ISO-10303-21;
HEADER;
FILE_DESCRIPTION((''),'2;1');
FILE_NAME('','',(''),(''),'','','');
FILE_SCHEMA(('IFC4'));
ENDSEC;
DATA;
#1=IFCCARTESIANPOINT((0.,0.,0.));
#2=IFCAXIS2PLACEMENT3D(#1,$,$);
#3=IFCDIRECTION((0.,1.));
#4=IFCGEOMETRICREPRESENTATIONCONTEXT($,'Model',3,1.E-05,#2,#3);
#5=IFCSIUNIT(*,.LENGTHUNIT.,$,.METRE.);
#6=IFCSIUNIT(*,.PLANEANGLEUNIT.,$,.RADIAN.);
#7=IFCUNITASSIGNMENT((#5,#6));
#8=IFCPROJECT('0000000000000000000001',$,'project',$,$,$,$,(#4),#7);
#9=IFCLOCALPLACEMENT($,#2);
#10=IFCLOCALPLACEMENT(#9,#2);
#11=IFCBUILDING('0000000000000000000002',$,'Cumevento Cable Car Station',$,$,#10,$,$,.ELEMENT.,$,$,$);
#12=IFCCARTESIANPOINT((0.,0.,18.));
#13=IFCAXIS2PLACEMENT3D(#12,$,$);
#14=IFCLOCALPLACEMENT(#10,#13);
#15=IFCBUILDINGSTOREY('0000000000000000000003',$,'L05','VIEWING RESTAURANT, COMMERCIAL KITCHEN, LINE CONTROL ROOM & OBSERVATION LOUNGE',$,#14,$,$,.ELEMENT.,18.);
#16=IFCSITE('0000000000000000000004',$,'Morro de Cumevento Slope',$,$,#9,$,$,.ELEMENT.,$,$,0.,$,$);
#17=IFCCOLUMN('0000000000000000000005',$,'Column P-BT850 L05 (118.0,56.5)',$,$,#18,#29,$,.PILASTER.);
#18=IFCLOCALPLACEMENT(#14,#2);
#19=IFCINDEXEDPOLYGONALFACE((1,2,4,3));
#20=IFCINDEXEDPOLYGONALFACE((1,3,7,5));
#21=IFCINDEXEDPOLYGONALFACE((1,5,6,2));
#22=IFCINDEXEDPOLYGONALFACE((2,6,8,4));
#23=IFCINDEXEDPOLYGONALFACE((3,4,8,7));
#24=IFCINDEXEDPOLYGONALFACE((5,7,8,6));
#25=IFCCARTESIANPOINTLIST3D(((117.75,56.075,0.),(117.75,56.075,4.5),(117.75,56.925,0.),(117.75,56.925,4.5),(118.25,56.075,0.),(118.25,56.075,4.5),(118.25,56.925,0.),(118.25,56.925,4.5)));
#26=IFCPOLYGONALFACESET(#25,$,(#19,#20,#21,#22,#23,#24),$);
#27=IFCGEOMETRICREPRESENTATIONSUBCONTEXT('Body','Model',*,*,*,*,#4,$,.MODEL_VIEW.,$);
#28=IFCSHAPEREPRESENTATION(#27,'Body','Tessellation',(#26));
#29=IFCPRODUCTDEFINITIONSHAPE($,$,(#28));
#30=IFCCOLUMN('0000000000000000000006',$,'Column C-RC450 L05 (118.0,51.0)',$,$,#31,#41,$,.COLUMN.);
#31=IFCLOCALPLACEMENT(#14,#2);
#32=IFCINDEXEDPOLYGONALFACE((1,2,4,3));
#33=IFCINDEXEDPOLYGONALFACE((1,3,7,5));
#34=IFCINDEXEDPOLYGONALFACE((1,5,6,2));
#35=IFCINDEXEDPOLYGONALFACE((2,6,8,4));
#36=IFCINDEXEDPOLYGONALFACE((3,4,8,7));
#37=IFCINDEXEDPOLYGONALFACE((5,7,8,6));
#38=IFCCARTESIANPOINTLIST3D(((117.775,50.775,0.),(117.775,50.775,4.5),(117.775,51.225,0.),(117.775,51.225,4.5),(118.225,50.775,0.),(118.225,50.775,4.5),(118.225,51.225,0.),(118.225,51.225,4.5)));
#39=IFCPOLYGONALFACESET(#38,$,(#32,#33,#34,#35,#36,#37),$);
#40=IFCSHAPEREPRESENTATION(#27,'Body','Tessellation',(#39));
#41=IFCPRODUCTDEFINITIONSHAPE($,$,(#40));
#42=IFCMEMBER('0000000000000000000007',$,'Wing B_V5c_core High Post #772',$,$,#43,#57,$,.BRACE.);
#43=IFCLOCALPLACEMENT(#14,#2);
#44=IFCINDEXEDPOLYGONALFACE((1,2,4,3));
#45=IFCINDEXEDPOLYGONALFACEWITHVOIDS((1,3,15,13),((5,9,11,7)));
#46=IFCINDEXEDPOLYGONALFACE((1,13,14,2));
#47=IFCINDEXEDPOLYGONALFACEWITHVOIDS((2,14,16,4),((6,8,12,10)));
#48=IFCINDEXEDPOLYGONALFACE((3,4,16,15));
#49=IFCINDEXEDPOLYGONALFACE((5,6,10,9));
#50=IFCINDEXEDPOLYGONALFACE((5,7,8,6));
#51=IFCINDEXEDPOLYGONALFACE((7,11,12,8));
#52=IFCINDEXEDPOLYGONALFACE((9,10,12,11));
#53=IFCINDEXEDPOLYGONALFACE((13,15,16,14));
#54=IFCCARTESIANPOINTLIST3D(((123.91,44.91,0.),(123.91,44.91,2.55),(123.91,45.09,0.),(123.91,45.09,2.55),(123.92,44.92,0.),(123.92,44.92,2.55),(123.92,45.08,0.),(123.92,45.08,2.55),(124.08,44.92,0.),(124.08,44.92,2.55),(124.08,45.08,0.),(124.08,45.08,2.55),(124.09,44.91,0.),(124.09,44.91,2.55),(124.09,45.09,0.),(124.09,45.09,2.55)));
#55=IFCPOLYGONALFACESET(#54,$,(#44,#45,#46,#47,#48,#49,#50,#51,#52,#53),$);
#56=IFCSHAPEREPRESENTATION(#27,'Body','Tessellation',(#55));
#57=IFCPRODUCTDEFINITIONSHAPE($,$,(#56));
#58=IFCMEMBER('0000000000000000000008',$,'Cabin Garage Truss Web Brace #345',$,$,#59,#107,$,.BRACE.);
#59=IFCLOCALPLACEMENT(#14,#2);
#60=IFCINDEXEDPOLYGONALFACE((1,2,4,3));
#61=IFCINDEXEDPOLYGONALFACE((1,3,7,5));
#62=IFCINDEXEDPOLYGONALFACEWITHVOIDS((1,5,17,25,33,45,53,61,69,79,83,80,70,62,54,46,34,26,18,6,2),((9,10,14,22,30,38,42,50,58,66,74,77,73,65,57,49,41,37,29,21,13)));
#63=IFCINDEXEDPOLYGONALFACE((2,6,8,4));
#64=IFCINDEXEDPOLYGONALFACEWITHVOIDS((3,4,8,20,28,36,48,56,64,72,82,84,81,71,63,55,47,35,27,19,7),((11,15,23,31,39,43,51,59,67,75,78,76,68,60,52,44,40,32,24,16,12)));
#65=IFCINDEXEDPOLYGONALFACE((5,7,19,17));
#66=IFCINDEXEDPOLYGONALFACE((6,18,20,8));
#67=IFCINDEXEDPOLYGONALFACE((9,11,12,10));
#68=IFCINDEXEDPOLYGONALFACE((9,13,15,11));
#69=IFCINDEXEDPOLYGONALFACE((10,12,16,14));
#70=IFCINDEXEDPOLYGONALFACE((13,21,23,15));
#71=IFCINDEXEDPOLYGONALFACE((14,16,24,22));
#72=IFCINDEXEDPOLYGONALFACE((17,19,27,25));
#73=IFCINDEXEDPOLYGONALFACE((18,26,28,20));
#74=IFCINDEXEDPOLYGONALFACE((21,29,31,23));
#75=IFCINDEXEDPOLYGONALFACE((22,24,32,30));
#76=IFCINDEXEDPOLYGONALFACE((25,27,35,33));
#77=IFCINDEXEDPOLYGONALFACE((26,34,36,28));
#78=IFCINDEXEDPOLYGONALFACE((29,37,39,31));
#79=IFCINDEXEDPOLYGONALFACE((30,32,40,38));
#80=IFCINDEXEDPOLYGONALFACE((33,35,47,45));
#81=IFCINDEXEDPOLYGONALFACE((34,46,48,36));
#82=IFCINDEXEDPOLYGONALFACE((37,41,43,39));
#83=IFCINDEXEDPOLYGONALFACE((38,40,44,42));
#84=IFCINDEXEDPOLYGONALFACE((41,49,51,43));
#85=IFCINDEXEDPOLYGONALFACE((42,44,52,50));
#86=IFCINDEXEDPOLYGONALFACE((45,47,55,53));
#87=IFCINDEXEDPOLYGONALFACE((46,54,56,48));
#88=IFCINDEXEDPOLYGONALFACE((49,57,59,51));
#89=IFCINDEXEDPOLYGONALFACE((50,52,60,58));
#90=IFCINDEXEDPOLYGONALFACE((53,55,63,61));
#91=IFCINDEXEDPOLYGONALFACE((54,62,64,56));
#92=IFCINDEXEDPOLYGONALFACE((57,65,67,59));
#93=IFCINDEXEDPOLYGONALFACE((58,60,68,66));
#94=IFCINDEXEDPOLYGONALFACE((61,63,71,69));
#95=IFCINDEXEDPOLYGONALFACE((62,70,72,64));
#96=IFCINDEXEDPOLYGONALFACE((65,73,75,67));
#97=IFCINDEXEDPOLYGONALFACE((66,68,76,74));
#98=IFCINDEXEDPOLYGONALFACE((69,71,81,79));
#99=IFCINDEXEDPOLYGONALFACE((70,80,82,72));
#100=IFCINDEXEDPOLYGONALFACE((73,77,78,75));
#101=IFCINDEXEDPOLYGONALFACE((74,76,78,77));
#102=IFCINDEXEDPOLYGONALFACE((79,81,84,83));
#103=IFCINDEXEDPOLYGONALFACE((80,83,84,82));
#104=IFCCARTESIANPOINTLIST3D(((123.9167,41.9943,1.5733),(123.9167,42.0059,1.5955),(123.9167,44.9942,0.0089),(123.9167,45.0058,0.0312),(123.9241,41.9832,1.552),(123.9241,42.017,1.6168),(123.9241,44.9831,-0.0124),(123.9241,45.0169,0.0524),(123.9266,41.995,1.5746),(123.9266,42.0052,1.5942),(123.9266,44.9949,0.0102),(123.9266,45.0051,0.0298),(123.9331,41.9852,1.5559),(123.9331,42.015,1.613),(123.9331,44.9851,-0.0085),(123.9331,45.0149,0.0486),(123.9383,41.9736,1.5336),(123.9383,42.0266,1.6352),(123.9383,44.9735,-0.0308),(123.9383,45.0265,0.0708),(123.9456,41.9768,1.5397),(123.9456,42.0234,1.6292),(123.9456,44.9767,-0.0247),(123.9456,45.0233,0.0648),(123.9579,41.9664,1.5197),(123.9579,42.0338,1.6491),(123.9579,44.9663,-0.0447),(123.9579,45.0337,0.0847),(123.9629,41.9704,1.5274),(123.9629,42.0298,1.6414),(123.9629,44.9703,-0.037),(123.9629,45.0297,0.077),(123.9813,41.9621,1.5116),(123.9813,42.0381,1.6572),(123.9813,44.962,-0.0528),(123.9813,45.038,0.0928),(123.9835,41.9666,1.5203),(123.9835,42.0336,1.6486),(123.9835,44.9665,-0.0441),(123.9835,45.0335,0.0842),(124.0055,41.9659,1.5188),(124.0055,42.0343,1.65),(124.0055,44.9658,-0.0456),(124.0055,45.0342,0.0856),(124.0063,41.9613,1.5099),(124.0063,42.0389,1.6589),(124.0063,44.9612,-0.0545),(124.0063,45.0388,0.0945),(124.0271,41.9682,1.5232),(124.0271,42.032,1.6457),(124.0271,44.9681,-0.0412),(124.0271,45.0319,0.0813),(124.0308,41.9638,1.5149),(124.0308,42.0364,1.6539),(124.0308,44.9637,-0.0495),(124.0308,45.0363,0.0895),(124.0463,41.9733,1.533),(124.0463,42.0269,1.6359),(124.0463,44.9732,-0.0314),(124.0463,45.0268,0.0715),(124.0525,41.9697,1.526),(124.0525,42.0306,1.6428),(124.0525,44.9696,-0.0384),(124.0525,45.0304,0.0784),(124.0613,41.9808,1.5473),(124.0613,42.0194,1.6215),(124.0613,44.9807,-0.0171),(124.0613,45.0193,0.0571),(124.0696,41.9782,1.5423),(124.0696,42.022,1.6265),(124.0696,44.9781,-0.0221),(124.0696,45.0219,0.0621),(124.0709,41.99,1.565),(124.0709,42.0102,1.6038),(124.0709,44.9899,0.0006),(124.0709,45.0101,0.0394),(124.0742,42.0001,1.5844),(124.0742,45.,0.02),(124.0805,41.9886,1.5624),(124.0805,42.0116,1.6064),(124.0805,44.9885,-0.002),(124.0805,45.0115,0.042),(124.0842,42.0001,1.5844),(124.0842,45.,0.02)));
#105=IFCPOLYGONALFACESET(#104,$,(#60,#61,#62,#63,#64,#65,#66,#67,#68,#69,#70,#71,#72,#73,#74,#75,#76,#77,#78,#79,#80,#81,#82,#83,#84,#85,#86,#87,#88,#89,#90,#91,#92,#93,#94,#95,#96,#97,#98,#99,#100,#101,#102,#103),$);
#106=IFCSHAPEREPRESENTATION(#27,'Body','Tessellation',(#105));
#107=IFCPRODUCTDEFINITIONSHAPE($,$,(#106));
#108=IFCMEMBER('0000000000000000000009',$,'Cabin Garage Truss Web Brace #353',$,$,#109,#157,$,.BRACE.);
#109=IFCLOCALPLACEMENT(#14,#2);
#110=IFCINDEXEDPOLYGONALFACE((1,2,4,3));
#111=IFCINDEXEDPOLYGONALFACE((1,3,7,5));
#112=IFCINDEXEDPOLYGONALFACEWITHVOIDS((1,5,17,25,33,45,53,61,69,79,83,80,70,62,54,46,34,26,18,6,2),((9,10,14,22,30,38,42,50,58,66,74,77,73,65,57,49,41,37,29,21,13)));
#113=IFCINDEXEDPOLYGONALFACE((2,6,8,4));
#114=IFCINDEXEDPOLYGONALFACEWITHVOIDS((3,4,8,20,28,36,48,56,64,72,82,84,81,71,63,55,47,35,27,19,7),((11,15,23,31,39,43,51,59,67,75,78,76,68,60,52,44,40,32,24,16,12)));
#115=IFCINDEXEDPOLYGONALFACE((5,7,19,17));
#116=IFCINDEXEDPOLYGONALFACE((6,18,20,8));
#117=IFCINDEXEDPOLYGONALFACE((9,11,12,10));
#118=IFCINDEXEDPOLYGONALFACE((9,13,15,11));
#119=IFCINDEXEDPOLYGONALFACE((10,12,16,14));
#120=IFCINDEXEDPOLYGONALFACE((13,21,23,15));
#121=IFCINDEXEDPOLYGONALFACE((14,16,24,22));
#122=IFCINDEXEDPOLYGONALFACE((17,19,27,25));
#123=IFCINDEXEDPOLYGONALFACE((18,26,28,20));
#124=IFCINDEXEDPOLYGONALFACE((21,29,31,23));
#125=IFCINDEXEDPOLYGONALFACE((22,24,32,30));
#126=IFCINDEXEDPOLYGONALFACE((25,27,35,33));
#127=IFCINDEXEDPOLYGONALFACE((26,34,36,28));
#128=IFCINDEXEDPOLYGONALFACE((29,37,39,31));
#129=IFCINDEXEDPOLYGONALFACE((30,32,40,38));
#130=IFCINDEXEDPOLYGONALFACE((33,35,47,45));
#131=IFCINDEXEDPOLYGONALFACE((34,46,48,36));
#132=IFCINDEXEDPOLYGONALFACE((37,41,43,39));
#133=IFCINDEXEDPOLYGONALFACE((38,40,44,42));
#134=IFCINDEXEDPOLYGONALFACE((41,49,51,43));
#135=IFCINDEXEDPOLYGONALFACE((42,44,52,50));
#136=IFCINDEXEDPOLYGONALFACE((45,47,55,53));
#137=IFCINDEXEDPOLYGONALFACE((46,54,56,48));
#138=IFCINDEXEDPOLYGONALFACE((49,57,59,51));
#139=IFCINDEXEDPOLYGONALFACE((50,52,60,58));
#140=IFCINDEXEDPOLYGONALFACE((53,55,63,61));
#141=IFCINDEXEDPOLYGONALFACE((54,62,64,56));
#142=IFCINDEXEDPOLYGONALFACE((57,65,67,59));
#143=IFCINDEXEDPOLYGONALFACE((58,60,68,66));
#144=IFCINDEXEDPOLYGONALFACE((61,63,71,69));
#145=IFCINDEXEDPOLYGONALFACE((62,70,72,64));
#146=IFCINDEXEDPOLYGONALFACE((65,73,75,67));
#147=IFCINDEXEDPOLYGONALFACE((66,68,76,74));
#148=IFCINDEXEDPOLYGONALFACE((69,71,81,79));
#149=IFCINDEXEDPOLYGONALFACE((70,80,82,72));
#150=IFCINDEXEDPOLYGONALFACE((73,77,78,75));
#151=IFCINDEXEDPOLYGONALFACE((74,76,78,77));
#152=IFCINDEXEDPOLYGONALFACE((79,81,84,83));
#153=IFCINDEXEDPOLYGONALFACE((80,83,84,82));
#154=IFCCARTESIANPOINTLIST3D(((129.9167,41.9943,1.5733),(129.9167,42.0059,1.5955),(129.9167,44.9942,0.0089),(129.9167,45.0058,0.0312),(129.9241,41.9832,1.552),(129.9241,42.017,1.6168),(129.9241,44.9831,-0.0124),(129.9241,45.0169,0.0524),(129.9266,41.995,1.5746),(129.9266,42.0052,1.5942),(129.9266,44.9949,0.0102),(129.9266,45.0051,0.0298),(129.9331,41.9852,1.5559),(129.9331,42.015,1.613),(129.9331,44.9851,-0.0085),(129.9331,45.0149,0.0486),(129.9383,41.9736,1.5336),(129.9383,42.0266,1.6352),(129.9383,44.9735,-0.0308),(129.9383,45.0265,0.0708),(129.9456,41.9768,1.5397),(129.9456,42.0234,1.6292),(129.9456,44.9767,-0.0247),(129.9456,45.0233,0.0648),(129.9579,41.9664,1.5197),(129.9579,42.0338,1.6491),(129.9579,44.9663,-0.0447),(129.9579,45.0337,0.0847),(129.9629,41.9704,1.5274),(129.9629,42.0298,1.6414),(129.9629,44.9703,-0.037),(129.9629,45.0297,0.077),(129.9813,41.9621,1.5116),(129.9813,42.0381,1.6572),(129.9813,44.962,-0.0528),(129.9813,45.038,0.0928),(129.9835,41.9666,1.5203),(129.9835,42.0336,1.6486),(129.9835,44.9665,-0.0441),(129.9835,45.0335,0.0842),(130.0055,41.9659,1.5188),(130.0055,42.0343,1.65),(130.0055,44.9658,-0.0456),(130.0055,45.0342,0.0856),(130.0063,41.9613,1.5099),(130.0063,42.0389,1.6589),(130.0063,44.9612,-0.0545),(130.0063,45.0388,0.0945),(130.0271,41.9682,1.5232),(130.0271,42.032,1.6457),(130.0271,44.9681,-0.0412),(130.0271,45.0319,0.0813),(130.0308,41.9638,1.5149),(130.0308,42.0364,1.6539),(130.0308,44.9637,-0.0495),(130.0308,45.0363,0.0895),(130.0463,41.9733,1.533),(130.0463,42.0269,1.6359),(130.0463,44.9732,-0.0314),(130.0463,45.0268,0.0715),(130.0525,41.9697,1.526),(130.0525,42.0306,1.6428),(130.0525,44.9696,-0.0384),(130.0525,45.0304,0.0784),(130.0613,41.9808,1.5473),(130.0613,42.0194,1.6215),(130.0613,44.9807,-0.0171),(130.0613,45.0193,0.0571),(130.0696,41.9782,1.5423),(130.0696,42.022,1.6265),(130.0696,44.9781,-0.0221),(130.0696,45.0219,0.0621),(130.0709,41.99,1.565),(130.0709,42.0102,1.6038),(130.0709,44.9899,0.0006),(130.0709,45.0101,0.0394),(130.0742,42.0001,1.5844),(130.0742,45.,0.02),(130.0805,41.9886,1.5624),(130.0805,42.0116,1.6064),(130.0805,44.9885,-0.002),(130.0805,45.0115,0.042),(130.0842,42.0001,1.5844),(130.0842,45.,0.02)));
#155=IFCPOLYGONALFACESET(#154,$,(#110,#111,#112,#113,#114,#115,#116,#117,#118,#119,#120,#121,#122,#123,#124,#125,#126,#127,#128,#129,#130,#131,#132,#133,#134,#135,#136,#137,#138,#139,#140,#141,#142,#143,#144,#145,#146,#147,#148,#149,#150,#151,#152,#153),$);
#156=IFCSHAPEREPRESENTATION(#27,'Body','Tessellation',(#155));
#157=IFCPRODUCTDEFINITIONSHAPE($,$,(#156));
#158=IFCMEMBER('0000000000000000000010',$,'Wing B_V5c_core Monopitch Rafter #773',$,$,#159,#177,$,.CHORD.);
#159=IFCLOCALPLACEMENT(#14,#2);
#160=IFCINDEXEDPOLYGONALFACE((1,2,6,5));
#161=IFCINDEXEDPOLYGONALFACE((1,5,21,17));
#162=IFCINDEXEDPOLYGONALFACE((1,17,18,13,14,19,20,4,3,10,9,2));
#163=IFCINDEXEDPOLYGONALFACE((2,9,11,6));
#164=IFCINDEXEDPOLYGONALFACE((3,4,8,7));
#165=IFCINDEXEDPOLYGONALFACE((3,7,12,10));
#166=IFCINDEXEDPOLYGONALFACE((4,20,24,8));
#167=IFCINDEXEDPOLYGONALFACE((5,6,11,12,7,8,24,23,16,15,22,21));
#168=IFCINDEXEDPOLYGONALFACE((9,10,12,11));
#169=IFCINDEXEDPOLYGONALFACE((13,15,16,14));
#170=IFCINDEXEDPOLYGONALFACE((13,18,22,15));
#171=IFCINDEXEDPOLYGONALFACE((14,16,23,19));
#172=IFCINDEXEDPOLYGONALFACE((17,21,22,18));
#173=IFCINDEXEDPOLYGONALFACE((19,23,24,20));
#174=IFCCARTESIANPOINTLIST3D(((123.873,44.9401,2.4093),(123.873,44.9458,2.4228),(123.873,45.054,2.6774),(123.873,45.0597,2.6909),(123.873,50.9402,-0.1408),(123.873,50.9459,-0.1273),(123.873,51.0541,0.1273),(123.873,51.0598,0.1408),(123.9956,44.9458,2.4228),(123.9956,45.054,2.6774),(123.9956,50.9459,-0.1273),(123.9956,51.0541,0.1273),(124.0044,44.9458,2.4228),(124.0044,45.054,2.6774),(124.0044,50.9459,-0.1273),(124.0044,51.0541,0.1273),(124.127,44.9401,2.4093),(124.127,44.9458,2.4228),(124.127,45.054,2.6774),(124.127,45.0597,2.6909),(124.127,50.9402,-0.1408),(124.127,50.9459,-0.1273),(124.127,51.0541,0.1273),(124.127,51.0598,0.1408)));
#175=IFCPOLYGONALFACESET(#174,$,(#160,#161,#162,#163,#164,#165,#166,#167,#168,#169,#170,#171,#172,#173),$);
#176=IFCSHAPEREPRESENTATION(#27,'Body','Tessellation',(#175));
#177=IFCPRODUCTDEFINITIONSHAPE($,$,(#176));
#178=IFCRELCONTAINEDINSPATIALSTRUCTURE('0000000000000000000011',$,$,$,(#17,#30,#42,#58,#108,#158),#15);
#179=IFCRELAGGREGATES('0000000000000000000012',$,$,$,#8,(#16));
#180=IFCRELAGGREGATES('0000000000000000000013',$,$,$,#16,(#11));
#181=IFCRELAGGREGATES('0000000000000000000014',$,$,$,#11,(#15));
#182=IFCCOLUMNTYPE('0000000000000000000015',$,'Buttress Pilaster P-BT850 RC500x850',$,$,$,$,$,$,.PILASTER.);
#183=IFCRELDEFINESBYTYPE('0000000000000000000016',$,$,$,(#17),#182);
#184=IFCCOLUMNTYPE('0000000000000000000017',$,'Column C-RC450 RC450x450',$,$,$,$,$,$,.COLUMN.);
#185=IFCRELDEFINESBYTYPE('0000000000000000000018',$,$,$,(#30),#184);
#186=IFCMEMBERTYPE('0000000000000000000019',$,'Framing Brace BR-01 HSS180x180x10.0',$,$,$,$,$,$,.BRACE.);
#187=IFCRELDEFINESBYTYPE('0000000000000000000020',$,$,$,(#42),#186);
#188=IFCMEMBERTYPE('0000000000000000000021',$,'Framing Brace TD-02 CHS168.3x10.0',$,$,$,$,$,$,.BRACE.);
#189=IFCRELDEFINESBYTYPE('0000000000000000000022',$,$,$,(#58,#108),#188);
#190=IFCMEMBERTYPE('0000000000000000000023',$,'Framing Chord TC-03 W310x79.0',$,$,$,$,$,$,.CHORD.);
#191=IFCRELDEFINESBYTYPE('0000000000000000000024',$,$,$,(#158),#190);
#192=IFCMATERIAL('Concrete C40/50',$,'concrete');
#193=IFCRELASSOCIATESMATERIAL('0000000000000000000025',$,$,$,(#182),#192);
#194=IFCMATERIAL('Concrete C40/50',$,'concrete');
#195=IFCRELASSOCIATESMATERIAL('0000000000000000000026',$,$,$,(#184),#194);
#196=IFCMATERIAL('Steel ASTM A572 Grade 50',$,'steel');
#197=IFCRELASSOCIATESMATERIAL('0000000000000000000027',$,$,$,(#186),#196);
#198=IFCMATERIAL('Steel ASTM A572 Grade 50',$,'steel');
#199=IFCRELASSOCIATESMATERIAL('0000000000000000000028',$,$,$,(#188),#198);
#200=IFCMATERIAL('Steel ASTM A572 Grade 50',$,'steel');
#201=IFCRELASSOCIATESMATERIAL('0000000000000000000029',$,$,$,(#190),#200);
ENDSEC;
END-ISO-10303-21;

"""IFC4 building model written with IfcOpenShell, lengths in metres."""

from ifc_helpers import new_model, si_unit, direction, frame, origin, origin_2d, place, context, subcontext, project, spatial, rectangle, hollow_rectangle, hollow_circle, i_section, extrude, material, material_profile, profile_set, type_object, element, save


model = new_model("IFC4")

# Units and contexts
model_context = context("Model", 3, precision=1e-05, world=origin(), true_north=direction((0.0, 1.0)))
body_context = subcontext(model_context, "Body", "Model", "MODEL_VIEW")
ifc_project = project(units=[si_unit("LENGTHUNIT", "METRE"), si_unit("PLANEANGLEUNIT", "RADIAN")], contexts=[model_context])

# Site, building, storey
site_placement = place(None, origin())
site = spatial("IfcSite", under=ifc_project, at=site_placement, Name="Morro de Cumevento Slope", CompositionType="ELEMENT", RefElevation=0.0)
building_placement = place(site_placement, origin())
building = spatial("IfcBuilding", under=site, at=building_placement, Name="Cumevento Cable Car Station", CompositionType="ELEMENT")
storey_placement = place(building_placement, frame((0.0, 0.0, 18.0)))
storey = spatial("IfcBuildingStorey", under=building, at=storey_placement, Name="L05", Description="VIEWING RESTAURANT, COMMERCIAL KITCHEN, LINE CONTROL ROOM & OBSERVATION LOUNGE", CompositionType="ELEMENT", Elevation=18.0)

# Columns
ifc_material_1 = material(Name="Concrete C40/50", Category="concrete")
ifc_material_profile_1 = material_profile(ifc_material_1, rectangle(XDim=0.5, YDim=0.8501, at=origin_2d()), Name="RC500x850")
ifc_profile_set_1 = profile_set([ifc_material_profile_1], Name="Concrete C40/50")
column_type_1 = type_object("IfcColumnType", Name="Buttress Pilaster P-BT850 RC500x850", PredefinedType="PILASTER", material=ifc_profile_set_1)
column_1_placement = place(storey_placement, frame((118.0, 56.5, 0.0), z_axis=(0.0, 0.0, 1.0), x_axis=(1.0, 0.0, 0.0)))
element("IfcColumn", 1, at=column_1_placement, inside=storey, type_object=column_type_1, Name="Column P-BT850 L05 (118.0,56.5)", PredefinedType="PILASTER", context=body_context, shape_type="SweptSolid", body=[
    extrude(rectangle(XDim=0.5, YDim=0.8501, at=origin_2d()), origin(), (0.0, 0.0, 1.0), 4.5),
])
ifc_material_2 = material(Name="Concrete C40/50", Category="concrete")
ifc_material_profile_2 = material_profile(ifc_material_2, rectangle(XDim=0.45, YDim=0.45, at=origin_2d()), Name="RC450x450")
ifc_profile_set_2 = profile_set([ifc_material_profile_2], Name="Concrete C40/50")
column_type_2 = type_object("IfcColumnType", Name="Column C-RC450 RC450x450", PredefinedType="COLUMN", material=ifc_profile_set_2)
column_2_placement = place(storey_placement, frame((118.0, 51.0, 0.0), z_axis=(0.0, 0.0, 1.0), x_axis=(1.0, 0.0, 0.0)))
element("IfcColumn", 2, at=column_2_placement, inside=storey, type_object=column_type_2, Name="Column C-RC450 L05 (118.0,51.0)", PredefinedType="COLUMN", context=body_context, shape_type="SweptSolid", body=[
    extrude(rectangle(XDim=0.45, YDim=0.45, at=origin_2d()), origin(), (0.0, 0.0, 1.0), 4.5),
])

# Members
ifc_material_3 = material(Name="Steel ASTM A572 Grade 50", Category="steel")
ifc_material_profile_3 = material_profile(ifc_material_3, hollow_rectangle(XDim=0.1799, YDim=0.1799, WallThickness=0.01, at=origin_2d()), Name="HSS180x180x10.0")
ifc_profile_set_3 = profile_set([ifc_material_profile_3], Name="Steel ASTM A572 Grade 50")
member_type_1 = type_object("IfcMemberType", Name="Framing Brace BR-01 HSS180x180x10.0", PredefinedType="BRACE", material=ifc_profile_set_3)
member_1_placement = place(storey_placement, frame((124.0, 45.0, 0.0), z_axis=(0.0, 0.0, 1.0), x_axis=(1.0, 0.0, 0.0)))
element("IfcMember", 3, at=member_1_placement, inside=storey, type_object=member_type_1, Name="Wing B_V5c_core High Post #772", PredefinedType="BRACE", context=body_context, shape_type="SweptSolid", body=[
    extrude(hollow_rectangle(XDim=0.1799, YDim=0.1799, WallThickness=0.01, at=origin_2d()), origin(), (0.0, 0.0, 1.0), 2.55),
])
ifc_material_4 = material(Name="Steel ASTM A572 Grade 50", Category="steel")
ifc_material_profile_4 = material_profile(ifc_material_4, hollow_circle(Radius=0.0842, WallThickness=0.01, at=origin_2d()), Name="CHS168.3x10.0")
ifc_profile_set_4 = profile_set([ifc_material_profile_4], Name="Steel ASTM A572 Grade 50")
member_type_2 = type_object("IfcMemberType", Name="Framing Brace TD-02 CHS168.3x10.0", PredefinedType="BRACE", material=ifc_profile_set_4)
for number, where, z_axis, x_axis, name in (
    (4, (124.0, 45.0, 0.02), (0.0, -0.886677, 0.462388), (1.0, 0.0, 0.0), "Cabin Garage Truss Web Brace #345"),
    (5, (130.0, 45.0, 0.02), (0.0, -0.886677, 0.462388), (1.0, 0.0, 0.0), "Cabin Garage Truss Web Brace #353"),
):
    element("IfcMember", number, at=place(storey_placement, frame(where, z_axis=z_axis, x_axis=x_axis)), inside=storey, type_object=member_type_2, Name=name, PredefinedType="BRACE", context=body_context, shape_type="SweptSolid", body=[
        extrude(hollow_circle(Radius=0.0842, WallThickness=0.01, at=origin_2d()), origin(), (0.0, 0.0, 1.0), 3.3833),
    ])
ifc_material_5 = material(Name="Steel ASTM A572 Grade 50", Category="steel")
ifc_material_profile_5 = material_profile(ifc_material_5, i_section(OverallWidth=0.2539, OverallDepth=0.3059, WebThickness=0.0088, FlangeThickness=0.0146, at=origin_2d()), Name="W310x79.0")
ifc_profile_set_5 = profile_set([ifc_material_profile_5], Name="Steel ASTM A572 Grade 50")
member_type_3 = type_object("IfcMemberType", Name="Framing Chord TC-03 W310x79.0", PredefinedType="CHORD", material=ifc_profile_set_5)
member_2_placement = place(storey_placement, frame((124.0, 51.0, 0.0), z_axis=(0.0, -0.920328, 0.391147), x_axis=(1.0, 0.0, 0.0)))
element("IfcMember", 6, at=member_2_placement, inside=storey, type_object=member_type_3, Name="Wing B_V5c_core Monopitch Rafter #773", PredefinedType="CHORD", context=body_context, shape_type="SweptSolid", body=[
    extrude(i_section(OverallWidth=0.2539, OverallDepth=0.3059, WebThickness=0.0088, FlangeThickness=0.0146, at=origin_2d()), origin(), (0.0, 0.0, 1.0), 6.5195),
])

save(model, "model.ifc")
